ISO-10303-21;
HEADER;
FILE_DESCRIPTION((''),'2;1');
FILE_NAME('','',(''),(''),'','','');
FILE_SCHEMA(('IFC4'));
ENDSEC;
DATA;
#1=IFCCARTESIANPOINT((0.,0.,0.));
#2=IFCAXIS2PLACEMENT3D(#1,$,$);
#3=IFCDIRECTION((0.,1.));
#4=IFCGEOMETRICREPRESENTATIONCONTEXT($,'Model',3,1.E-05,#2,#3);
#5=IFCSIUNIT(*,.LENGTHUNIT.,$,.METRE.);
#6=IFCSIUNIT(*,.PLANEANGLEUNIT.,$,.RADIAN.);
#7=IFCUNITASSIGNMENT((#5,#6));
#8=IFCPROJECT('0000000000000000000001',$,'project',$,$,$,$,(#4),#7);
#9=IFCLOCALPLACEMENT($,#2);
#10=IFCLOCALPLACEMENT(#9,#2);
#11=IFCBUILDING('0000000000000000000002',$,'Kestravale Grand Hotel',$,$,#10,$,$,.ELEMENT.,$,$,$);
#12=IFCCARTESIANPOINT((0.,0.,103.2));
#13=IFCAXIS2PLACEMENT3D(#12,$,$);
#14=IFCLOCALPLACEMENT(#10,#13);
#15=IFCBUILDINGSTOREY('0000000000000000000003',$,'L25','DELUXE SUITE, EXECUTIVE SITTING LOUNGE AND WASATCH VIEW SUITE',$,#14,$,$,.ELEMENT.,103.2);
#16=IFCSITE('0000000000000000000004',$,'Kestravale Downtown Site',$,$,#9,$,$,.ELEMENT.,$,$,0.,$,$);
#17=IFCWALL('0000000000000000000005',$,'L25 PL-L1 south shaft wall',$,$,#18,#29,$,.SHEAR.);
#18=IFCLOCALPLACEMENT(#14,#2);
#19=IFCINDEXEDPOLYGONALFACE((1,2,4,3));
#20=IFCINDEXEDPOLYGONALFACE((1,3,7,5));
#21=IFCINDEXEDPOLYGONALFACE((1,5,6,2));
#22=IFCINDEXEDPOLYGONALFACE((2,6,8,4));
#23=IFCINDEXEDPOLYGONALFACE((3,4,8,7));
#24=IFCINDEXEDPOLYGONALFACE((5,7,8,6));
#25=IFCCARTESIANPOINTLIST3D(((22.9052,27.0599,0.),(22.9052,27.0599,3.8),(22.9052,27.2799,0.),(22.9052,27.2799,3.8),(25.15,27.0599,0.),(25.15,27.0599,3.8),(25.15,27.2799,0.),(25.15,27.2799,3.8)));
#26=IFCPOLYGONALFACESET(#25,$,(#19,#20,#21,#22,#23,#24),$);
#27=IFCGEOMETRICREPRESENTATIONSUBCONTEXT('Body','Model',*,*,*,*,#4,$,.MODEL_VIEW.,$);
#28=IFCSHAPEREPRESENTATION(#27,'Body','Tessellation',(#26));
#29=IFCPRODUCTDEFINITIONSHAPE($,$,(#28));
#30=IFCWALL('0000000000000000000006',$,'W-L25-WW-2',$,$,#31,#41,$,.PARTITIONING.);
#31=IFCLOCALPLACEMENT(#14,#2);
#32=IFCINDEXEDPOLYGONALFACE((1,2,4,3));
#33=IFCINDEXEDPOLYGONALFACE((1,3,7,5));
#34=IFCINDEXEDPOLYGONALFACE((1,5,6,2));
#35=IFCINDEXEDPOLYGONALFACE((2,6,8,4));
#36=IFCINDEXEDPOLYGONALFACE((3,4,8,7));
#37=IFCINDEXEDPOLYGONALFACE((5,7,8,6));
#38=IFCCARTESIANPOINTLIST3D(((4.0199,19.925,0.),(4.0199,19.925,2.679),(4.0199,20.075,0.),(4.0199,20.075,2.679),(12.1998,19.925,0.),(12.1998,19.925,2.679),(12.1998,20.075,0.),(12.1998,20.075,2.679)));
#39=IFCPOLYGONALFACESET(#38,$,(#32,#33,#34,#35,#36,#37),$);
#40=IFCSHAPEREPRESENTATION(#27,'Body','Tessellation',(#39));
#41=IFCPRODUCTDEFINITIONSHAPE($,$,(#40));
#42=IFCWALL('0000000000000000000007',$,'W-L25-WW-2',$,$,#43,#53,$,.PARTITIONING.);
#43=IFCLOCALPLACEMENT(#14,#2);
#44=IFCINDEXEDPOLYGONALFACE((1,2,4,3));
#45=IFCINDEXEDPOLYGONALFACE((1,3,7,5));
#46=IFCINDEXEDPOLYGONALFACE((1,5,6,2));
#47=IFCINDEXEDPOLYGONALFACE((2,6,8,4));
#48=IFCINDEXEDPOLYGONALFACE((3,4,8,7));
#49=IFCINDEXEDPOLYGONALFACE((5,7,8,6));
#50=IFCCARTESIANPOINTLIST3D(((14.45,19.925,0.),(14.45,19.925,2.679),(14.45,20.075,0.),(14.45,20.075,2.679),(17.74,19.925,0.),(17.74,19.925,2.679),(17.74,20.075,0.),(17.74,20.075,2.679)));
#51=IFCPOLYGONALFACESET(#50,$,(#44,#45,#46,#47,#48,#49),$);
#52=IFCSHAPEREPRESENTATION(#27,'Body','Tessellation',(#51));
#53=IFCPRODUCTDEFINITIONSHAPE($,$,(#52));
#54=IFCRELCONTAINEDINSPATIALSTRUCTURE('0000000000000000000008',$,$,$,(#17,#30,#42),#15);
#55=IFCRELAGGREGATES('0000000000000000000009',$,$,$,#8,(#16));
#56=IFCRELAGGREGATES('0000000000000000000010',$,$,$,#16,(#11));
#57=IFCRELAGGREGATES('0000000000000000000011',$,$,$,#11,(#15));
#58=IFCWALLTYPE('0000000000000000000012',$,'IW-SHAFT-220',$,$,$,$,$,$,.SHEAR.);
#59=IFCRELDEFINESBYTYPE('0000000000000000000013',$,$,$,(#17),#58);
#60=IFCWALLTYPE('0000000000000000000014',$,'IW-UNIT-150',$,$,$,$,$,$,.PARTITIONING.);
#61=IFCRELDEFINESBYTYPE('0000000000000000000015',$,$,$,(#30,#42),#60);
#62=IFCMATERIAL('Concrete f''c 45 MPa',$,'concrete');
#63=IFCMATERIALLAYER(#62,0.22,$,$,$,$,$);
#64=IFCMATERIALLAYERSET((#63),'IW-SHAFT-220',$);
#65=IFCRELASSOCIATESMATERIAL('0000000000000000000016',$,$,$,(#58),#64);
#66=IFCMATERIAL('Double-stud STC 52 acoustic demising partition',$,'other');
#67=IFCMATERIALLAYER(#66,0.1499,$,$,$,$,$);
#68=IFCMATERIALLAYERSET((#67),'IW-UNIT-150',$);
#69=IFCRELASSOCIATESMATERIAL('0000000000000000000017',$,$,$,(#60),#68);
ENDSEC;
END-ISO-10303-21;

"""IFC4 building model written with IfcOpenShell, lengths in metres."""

from ifc_helpers import new_model, si_unit, direction, frame, frame_2d, origin, place, context, subcontext, project, spatial, rectangle, extrude, material, layer, layer_set, type_object, element, save


model = new_model("IFC4")

# Units and contexts
model_context = context("Model", 3, precision=1e-05, world=origin(), true_north=direction((0.0, 1.0)))
body_context = subcontext(model_context, "Body", "Model", "MODEL_VIEW")
ifc_project = project(units=[si_unit("LENGTHUNIT", "METRE"), si_unit("PLANEANGLEUNIT", "RADIAN")], contexts=[model_context])

# Site, building, storey
site_placement = place(None, origin())
site = spatial("IfcSite", under=ifc_project, at=site_placement, Name="Kestravale Downtown Site", CompositionType="ELEMENT", RefElevation=0.0)
building_placement = place(site_placement, origin())
building = spatial("IfcBuilding", under=site, at=building_placement, Name="Kestravale Grand Hotel", CompositionType="ELEMENT")
storey_placement = place(building_placement, frame((0.0, 0.0, 103.2)))
storey = spatial("IfcBuildingStorey", under=building, at=storey_placement, Name="L25", Description="DELUXE SUITE, EXECUTIVE SITTING LOUNGE AND WASATCH VIEW SUITE", CompositionType="ELEMENT", Elevation=103.2)

# Walls
ifc_material_1 = material(Name="Concrete f'c 45 MPa", Category="concrete")
ifc_layer_1 = layer(ifc_material_1, 0.22)
ifc_layer_set_1 = layer_set([ifc_layer_1], Name="IW-SHAFT-220")
wall_type_1 = type_object("IfcWallType", Name="IW-SHAFT-220", PredefinedType="SHEAR", material=ifc_layer_set_1)
wall_1_placement = place(storey_placement, frame((22.905, 27.1699, 0.0), z_axis=(0.0, 0.0, 1.0), x_axis=(1.0, 0.0, 0.0)))
element("IfcWall", 1, at=wall_1_placement, inside=storey, type_object=wall_type_1, Name="L25 PL-L1 south shaft wall", PredefinedType="SHEAR", context=body_context, shape_type="SweptSolid", body=[
    extrude(rectangle(XDim=2.2449, YDim=0.22, at=frame_2d((1.1226, 0.0))), origin(), (0.0, 0.0, 1.0), 3.8),
])
ifc_material_2 = material(Name="Double-stud STC 52 acoustic demising partition", Category="other")
ifc_layer_2 = layer(ifc_material_2, 0.1499)
ifc_layer_set_2 = layer_set([ifc_layer_2], Name="IW-UNIT-150")
wall_type_2 = type_object("IfcWallType", Name="IW-UNIT-150", PredefinedType="PARTITIONING", material=ifc_layer_set_2)
wall_2_placement = place(storey_placement, frame((4.02, 20.0, 0.0), z_axis=(0.0, 0.0, 1.0), x_axis=(1.0, 0.0, 0.0)))
element("IfcWall", 2, at=wall_2_placement, inside=storey, type_object=wall_type_2, Name="W-L25-WW-2", PredefinedType="PARTITIONING", context=body_context, shape_type="SweptSolid", body=[
    extrude(rectangle(XDim=8.1799, YDim=0.1499, at=frame_2d((4.0898, 0.0))), origin(), (0.0, 0.0, 1.0), 2.679),
])
wall_3_placement = place(storey_placement, frame((14.45, 20.0, 0.0), z_axis=(0.0, 0.0, 1.0), x_axis=(1.0, 0.0, 0.0)))
element("IfcWall", 3, at=wall_3_placement, inside=storey, type_object=wall_type_2, Name="W-L25-WW-2", PredefinedType="PARTITIONING", context=body_context, shape_type="SweptSolid", body=[
    extrude(rectangle(XDim=3.29, YDim=0.1499, at=frame_2d((1.645, 0.0))), origin(), (0.0, 0.0, 1.0), 2.679),
])

save(model, "model.ifc")
